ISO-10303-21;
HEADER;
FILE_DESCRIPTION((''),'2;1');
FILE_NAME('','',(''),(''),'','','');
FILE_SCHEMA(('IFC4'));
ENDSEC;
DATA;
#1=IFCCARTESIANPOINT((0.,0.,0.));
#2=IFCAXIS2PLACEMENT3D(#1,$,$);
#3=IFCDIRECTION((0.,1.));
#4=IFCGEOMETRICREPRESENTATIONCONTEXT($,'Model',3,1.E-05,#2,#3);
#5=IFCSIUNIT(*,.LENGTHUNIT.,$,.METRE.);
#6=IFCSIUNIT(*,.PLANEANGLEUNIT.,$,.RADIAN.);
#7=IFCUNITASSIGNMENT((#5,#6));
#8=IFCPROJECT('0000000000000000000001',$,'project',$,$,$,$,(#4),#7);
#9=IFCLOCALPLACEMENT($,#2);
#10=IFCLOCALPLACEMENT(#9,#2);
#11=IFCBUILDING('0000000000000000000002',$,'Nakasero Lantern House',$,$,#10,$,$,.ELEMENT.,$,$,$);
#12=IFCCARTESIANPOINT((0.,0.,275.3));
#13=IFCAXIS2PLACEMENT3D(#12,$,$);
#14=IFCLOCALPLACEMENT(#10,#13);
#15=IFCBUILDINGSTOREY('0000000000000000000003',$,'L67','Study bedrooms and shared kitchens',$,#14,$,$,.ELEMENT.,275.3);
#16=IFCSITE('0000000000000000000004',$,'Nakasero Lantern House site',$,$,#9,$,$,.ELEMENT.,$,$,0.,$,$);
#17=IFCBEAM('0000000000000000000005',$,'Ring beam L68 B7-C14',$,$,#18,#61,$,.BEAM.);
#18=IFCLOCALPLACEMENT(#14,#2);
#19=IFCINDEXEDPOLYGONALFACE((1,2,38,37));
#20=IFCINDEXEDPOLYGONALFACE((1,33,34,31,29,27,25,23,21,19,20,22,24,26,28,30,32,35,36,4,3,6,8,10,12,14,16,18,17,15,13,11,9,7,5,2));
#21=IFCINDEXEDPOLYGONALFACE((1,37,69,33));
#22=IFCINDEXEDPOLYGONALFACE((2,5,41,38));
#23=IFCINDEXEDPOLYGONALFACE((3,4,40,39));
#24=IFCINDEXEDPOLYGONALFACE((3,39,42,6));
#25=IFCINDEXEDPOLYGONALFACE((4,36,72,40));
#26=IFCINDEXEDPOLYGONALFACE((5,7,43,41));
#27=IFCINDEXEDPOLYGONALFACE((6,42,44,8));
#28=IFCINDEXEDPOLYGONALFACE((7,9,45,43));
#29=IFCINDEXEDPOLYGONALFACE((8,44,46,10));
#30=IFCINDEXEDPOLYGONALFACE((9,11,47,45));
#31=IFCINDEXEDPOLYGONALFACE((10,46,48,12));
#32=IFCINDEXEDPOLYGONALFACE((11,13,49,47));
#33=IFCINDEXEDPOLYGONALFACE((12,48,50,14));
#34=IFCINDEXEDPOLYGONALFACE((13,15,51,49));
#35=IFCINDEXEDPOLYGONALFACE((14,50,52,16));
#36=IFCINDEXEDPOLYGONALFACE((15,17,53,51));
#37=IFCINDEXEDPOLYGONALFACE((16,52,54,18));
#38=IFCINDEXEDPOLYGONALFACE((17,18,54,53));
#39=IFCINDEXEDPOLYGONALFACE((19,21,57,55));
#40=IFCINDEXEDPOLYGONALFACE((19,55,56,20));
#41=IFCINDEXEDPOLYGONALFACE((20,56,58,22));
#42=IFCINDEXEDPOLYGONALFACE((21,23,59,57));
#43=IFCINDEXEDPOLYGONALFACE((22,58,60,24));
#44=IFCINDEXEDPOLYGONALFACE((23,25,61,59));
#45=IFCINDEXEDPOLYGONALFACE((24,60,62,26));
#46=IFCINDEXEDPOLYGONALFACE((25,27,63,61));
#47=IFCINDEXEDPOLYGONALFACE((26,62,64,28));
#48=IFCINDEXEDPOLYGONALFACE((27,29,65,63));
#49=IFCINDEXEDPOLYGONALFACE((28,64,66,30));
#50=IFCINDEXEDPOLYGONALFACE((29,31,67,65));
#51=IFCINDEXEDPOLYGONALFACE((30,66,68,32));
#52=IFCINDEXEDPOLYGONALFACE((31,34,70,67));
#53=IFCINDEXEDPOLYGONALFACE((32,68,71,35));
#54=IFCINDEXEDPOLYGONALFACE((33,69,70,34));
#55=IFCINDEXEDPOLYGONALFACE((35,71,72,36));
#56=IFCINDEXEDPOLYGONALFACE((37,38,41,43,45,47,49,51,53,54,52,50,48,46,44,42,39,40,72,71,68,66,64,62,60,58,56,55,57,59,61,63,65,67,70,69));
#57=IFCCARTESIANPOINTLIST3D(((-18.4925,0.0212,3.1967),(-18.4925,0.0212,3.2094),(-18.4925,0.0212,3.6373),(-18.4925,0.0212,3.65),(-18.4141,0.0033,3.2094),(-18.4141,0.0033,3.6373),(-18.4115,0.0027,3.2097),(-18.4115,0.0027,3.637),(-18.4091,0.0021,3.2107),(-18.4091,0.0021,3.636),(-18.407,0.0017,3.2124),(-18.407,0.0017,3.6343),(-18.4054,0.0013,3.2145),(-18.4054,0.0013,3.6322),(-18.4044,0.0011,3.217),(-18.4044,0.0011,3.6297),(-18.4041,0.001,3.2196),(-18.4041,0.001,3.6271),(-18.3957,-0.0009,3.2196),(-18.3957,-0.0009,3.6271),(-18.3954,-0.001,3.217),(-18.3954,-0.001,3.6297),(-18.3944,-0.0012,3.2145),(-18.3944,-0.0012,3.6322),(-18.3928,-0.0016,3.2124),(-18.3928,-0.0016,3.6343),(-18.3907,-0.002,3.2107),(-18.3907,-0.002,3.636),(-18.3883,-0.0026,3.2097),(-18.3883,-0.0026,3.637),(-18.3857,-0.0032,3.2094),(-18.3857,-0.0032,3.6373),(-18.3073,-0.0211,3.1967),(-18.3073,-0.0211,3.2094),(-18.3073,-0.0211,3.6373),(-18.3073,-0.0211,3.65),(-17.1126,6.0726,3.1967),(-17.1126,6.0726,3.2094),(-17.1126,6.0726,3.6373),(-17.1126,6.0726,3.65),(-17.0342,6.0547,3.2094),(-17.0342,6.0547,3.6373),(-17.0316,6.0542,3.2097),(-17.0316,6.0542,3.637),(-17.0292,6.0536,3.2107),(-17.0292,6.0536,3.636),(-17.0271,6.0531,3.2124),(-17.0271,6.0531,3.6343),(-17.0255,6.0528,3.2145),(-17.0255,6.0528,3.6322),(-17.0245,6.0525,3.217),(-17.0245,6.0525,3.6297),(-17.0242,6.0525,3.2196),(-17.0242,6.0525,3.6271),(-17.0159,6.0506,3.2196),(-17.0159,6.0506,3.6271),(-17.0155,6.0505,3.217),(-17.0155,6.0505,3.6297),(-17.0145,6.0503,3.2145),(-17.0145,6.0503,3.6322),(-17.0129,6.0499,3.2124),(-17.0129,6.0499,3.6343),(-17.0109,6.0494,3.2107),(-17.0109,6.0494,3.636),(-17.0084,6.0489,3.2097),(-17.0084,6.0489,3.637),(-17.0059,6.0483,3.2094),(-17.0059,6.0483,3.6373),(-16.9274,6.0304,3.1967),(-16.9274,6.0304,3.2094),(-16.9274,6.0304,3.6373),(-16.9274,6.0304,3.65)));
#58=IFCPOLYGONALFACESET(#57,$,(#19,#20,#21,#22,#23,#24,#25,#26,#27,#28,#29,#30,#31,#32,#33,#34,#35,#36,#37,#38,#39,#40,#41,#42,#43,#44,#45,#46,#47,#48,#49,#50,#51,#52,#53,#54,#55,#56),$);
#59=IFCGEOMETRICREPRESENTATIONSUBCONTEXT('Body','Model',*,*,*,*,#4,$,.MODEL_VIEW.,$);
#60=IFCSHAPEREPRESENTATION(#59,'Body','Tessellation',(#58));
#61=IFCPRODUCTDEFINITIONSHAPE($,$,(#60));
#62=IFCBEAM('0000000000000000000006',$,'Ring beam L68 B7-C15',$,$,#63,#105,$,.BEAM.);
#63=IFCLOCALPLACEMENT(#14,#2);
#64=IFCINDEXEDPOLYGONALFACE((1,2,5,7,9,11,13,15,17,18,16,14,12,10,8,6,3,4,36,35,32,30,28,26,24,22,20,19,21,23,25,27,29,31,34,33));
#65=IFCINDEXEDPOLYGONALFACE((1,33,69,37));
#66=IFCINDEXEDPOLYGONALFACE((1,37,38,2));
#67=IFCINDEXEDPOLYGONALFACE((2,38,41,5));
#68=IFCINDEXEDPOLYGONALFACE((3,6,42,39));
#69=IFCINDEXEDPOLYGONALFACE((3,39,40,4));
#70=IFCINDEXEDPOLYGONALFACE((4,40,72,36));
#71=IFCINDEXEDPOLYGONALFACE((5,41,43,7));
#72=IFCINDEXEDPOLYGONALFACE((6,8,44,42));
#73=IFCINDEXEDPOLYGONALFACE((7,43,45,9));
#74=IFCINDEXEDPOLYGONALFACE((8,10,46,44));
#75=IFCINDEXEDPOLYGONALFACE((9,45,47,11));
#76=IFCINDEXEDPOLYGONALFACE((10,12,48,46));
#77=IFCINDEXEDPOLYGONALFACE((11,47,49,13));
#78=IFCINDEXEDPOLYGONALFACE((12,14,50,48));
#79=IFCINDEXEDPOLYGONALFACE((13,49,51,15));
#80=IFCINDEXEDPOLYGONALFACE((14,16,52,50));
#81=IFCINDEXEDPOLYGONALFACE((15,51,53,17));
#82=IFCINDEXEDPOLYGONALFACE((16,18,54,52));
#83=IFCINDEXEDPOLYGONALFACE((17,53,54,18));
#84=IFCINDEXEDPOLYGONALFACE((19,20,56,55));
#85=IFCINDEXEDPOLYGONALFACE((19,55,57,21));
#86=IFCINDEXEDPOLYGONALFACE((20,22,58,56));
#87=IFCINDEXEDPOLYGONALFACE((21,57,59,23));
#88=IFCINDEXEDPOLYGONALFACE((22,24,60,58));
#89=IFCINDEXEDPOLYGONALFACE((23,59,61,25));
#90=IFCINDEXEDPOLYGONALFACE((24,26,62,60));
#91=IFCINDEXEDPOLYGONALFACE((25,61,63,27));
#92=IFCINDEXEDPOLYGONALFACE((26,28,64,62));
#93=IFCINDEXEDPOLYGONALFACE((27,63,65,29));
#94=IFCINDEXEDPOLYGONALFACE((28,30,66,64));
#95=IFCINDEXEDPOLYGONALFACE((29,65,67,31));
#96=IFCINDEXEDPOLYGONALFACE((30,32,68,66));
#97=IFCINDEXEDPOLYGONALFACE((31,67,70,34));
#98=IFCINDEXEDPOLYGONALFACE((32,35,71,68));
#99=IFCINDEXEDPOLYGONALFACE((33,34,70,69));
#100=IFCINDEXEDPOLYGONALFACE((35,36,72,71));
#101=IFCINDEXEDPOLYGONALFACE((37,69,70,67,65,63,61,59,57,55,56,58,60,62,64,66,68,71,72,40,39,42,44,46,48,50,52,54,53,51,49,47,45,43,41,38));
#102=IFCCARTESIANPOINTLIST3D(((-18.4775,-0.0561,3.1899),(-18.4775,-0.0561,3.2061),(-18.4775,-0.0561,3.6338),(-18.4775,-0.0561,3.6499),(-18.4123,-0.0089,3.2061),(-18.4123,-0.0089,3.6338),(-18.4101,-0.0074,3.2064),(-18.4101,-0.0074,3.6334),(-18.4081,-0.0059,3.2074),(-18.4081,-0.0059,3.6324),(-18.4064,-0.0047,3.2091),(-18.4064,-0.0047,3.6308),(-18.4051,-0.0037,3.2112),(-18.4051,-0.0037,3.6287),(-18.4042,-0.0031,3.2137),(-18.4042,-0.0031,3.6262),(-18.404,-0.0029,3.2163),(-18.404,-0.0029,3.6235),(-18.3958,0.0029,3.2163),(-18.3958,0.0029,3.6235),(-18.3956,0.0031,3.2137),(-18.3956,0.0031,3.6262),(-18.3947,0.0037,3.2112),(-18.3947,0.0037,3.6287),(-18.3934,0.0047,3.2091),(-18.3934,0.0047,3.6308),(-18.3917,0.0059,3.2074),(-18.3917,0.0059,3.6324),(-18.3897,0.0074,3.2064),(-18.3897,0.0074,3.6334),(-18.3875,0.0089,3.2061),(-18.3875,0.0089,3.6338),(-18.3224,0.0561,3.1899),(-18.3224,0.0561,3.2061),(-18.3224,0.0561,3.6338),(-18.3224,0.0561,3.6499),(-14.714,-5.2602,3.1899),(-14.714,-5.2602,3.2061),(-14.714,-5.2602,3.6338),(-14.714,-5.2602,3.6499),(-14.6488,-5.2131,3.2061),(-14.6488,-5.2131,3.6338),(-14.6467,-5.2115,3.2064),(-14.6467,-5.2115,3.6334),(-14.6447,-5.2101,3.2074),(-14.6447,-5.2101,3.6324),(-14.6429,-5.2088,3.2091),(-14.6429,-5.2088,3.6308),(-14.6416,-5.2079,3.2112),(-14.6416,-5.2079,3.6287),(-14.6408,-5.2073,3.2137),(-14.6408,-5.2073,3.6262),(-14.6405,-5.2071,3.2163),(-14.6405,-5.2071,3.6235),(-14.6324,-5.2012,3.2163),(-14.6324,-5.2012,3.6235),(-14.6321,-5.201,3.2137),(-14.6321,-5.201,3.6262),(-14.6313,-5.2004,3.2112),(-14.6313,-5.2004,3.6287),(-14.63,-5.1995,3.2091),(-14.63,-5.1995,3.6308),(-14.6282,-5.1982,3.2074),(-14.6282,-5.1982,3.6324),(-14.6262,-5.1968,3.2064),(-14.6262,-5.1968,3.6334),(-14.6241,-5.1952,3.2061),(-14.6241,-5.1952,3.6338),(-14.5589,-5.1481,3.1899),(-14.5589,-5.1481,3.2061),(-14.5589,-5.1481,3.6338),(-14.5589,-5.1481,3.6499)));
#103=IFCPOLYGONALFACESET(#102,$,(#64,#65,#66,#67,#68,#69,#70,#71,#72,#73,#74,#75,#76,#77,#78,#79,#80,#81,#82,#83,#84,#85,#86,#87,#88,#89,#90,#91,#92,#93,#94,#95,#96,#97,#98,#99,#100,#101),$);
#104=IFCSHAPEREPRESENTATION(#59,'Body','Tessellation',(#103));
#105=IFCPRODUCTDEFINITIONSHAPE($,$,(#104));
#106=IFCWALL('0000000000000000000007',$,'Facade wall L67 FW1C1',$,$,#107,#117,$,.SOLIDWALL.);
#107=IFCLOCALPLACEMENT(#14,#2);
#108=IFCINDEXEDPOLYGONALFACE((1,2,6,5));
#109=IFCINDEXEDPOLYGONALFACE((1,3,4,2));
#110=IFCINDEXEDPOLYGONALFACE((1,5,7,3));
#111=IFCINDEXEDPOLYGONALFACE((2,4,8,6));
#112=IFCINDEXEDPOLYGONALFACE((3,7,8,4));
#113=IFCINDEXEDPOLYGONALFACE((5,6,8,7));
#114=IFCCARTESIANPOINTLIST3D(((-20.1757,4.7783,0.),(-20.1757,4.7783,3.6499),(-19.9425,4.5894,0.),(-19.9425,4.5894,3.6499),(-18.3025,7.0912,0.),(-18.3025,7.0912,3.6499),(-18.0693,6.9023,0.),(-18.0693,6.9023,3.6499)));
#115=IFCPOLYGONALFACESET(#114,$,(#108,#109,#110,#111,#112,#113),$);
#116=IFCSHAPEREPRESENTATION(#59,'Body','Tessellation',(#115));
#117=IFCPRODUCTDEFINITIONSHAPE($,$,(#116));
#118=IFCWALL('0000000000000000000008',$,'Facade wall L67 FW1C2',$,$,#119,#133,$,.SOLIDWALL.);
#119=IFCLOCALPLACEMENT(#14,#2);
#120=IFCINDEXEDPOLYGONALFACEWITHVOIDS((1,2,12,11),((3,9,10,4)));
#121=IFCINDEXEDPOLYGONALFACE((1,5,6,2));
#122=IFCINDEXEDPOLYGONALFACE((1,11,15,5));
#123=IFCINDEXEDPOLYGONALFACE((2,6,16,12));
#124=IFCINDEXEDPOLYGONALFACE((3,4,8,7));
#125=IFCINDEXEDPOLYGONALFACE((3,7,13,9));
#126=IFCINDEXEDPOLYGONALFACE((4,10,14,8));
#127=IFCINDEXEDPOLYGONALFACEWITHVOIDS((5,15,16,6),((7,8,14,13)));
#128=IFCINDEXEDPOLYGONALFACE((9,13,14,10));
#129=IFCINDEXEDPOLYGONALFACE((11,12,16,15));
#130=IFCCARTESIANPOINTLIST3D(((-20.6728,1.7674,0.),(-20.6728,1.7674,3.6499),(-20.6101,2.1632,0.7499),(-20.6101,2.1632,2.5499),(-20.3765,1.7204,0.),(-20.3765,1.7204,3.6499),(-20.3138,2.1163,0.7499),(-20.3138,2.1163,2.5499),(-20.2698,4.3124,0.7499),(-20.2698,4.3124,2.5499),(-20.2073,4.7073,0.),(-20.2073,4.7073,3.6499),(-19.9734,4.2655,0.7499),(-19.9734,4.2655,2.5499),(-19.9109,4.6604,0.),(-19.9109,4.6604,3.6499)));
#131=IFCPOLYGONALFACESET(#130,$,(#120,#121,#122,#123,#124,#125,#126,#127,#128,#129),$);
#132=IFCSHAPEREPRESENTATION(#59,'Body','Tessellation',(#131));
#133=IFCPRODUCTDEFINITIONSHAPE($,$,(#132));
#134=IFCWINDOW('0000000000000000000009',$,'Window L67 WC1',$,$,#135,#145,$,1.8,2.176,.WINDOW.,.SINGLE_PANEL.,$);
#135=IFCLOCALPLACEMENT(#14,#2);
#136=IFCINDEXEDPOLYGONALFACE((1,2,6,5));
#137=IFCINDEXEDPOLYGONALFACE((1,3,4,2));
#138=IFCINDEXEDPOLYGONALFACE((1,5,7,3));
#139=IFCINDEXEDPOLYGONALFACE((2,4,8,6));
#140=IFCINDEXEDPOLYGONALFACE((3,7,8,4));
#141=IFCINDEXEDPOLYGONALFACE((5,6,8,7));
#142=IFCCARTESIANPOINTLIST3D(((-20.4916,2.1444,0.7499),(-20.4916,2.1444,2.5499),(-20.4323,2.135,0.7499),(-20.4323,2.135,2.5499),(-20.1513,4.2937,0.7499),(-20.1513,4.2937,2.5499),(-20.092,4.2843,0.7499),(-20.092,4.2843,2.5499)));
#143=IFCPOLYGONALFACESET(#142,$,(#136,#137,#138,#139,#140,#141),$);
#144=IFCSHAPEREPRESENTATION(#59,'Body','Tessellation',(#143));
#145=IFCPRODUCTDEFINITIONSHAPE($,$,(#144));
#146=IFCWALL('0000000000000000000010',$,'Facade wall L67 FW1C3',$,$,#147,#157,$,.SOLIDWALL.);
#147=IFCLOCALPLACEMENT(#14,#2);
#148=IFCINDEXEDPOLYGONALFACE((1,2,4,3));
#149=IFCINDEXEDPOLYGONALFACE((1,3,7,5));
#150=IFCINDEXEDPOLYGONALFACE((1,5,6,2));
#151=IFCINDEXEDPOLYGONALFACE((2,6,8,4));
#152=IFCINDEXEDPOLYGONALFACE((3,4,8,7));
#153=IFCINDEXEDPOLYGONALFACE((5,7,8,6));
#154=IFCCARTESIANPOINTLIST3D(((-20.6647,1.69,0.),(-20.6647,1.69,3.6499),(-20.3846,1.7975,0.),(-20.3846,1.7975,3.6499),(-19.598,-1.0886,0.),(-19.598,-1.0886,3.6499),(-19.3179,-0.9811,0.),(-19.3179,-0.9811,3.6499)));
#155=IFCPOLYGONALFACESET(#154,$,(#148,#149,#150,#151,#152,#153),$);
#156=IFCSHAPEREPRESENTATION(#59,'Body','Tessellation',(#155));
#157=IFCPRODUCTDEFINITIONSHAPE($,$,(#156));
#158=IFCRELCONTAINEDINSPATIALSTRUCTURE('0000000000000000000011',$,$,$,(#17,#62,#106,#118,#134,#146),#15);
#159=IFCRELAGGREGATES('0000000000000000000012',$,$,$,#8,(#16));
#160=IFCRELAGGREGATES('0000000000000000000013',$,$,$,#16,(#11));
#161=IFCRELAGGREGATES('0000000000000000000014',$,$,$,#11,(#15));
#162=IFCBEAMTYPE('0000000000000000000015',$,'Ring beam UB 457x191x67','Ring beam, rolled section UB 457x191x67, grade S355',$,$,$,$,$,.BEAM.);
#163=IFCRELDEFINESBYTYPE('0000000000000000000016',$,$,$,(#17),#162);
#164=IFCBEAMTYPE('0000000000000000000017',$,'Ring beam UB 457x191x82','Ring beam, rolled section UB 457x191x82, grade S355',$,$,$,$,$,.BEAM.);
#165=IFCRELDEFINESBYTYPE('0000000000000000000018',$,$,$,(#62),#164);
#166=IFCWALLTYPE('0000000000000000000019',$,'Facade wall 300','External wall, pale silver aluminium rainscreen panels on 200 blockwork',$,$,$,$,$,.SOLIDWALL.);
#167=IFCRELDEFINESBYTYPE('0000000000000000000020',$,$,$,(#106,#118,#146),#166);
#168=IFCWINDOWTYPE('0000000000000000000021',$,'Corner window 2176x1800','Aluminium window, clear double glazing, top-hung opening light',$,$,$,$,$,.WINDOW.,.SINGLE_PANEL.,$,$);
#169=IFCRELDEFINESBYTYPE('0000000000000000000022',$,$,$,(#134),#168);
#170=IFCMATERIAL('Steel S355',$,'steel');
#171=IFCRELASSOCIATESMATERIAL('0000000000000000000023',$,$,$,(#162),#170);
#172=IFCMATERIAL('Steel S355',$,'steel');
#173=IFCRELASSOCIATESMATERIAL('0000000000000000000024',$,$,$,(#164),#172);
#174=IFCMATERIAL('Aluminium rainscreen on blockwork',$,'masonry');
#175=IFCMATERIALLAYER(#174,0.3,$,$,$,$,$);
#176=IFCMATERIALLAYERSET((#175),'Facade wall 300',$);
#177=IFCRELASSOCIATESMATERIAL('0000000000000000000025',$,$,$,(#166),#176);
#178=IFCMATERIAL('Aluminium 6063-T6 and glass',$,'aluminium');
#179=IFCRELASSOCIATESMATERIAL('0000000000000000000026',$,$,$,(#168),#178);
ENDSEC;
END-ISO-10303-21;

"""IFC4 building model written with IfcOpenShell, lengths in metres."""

from ifc_helpers import new_model, si_unit, direction, frame, frame_2d, origin, origin_2d, place, context, subcontext, project, spatial, rectangle, i_section, extrude, material, layer, layer_set, material_profile, profile_set, type_object, element, fill, save


model = new_model("IFC4")

# Units and contexts
model_context = context("Model", 3, precision=1e-05, world=origin(), true_north=direction((0.0, 1.0)))
body_context = subcontext(model_context, "Body", "Model", "MODEL_VIEW")
ifc_project = project(units=[si_unit("LENGTHUNIT", "METRE"), si_unit("PLANEANGLEUNIT", "RADIAN")], contexts=[model_context])

# Site, building, storey
site_placement = place(None, origin())
site = spatial("IfcSite", under=ifc_project, at=site_placement, Name="Nakasero Lantern House site", CompositionType="ELEMENT", RefElevation=0.0)
building_placement = place(site_placement, origin())
building = spatial("IfcBuilding", under=site, at=building_placement, Name="Nakasero Lantern House", CompositionType="ELEMENT")
storey_placement = place(building_placement, frame((0.0, 0.0, 275.3)))
storey = spatial("IfcBuildingStorey", under=building, at=storey_placement, Name="L67", Description="Study bedrooms and shared kitchens", CompositionType="ELEMENT", Elevation=275.3)

# Beams
ifc_material_1 = material(Name="Steel S355", Category="steel")
ifc_material_profile_1 = material_profile(ifc_material_1, i_section(OverallWidth=0.1899, OverallDepth=0.4534, WebThickness=0.0085, FlangeThickness=0.0127, FilletRadius=0.0103, at=origin_2d()), Name="UB 457x191x67")
ifc_profile_set_1 = profile_set([ifc_material_profile_1], Name="Steel S355")
beam_type_1 = type_object("IfcBeamType", Name="Ring beam UB 457x191x67", Description="Ring beam, rolled section UB 457x191x67, grade S355", PredefinedType="BEAM", material=ifc_profile_set_1)
beam_1_placement = place(storey_placement, frame((-17.02, 6.0515, 3.4233), z_axis=(-0.222316, -0.974975, 0.0), x_axis=(0.974975, -0.222316, 0.0)))
element("IfcBeam", 1, at=beam_1_placement, inside=storey, type_object=beam_type_1, Name="Ring beam L68 B7-C14", PredefinedType="BEAM", context=body_context, shape_type="SweptSolid", body=[
    extrude(i_section(OverallWidth=0.1899, OverallDepth=0.4534, WebThickness=0.0085, FlangeThickness=0.0127, FilletRadius=0.0103, at=origin_2d()), origin(), (0.0, 0.0, 1.0), 6.2068),
])
ifc_material_2 = material(Name="Steel S355", Category="steel")
ifc_material_profile_2 = material_profile(ifc_material_2, i_section(OverallWidth=0.1914, OverallDepth=0.46, WebThickness=0.01, FlangeThickness=0.0161, FilletRadius=0.0103, at=origin_2d()), Name="UB 457x191x82")
ifc_profile_set_2 = profile_set([ifc_material_profile_2], Name="Steel S355")
beam_type_2 = type_object("IfcBeamType", Name="Ring beam UB 457x191x82", Description="Ring beam, rolled section UB 457x191x82, grade S355", PredefinedType="BEAM", material=ifc_profile_set_2)
beam_2_placement = place(storey_placement, frame((-18.3999, 0.0, 3.4199), z_axis=(0.585993, -0.810316, 0.0), x_axis=(0.810316, 0.585993, 0.0)))
element("IfcBeam", 2, at=beam_2_placement, inside=storey, type_object=beam_type_2, Name="Ring beam L68 B7-C15", PredefinedType="BEAM", context=body_context, shape_type="SweptSolid", body=[
    extrude(i_section(OverallWidth=0.1914, OverallDepth=0.46, WebThickness=0.01, FlangeThickness=0.0161, FilletRadius=0.0103, at=origin_2d()), origin(), (0.0, 0.0, 1.0), 6.4224),
])

# Wall
ifc_material_3 = material(Name="Aluminium rainscreen on blockwork", Category="masonry")
ifc_layer_1 = layer(ifc_material_3, 0.3)
ifc_layer_set_1 = layer_set([ifc_layer_1], Name="Facade wall 300")
wall_type_1 = type_object("IfcWallType", Name="Facade wall 300", Description="External wall, pale silver aluminium rainscreen panels on 200 blockwork", PredefinedType="SOLIDWALL", material=ifc_layer_set_1)
wall_1_placement = place(storey_placement, frame((-18.1858, 6.9968, 0.0), z_axis=(0.0, 0.0, 1.0), x_axis=(-0.629375, -0.777102, 0.0)))
element("IfcWall", 3, at=wall_1_placement, inside=storey, type_object=wall_type_1, Name="Facade wall L67 FW1C1", PredefinedType="SOLIDWALL", context=body_context, shape_type="SweptSolid", body=[
    extrude(rectangle(XDim=2.9763, YDim=0.3, at=frame_2d((1.4883, 0.0))), origin(), (0.0, 0.0, 1.0), 3.6499),
])

# Wall, opening, window
wall_2_placement = place(storey_placement, frame((-20.0591, 4.6838, 0.0), z_axis=(0.0, 0.0, 1.0), x_axis=(-0.156413, -0.987692, 0.0)))
wall_2 = element("IfcWall", 4, at=wall_2_placement, inside=storey, type_object=wall_type_1, Name="Facade wall L67 FW1C2", PredefinedType="SOLIDWALL", context=body_context, shape_type="SweptSolid", body=[
    extrude(rectangle(XDim=2.9766, YDim=0.3, at=frame_2d((1.4883, 0.0))), origin(), (0.0, 0.0, 1.0), 3.6499),
])
opening_1_placement = place(wall_2_placement, frame((0.3999, 0.0, 0.75)))
opening_1 = element("IfcOpeningElement", 5, at=opening_1_placement, cuts=wall_2, PredefinedType="OPENING", context=body_context, shape_type="SweptSolid", body=[
    extrude(rectangle(XDim=2.176, YDim=1.8, at=frame_2d((1.0879, 0.8999))), frame((0.0, 0.1699, 0.0), z_axis=(0.0, -1.0, 0.0), x_axis=(1.0, 0.0, 0.0)), (0.0, 0.0, 1.0), 0.3401),
])
ifc_material_4 = material(Name="Aluminium 6063-T6 and glass", Category="aluminium")
window_type = type_object("IfcWindowType", Name="Corner window 2176x1800", Description="Aluminium window, clear double glazing, top-hung opening light", PartitioningType="SINGLE_PANEL", PredefinedType="WINDOW", material=ifc_material_4)
window_placement = place(opening_1_placement, origin())
window = element("IfcWindow", 6, at=window_placement, inside=storey, type_object=window_type, Name="Window L67 WC1", OverallHeight=1.8, OverallWidth=2.176, PartitioningType="SINGLE_PANEL", PredefinedType="WINDOW", context=body_context, shape_type="SweptSolid", body=[
    extrude(rectangle(XDim=2.176, YDim=1.8, at=frame_2d((1.0879, 0.8999))), frame((0.0, 0.03, 0.0), z_axis=(0.0, -1.0, 0.0), x_axis=(1.0, 0.0, 0.0)), (0.0, 0.0, 1.0), 0.0601),
])
fill(opening_1, window)

# Wall
wall_3_placement = place(storey_placement, frame((-20.5247, 1.7439, 0.0), z_axis=(0.0, 0.0, 1.0), x_axis=(0.358385, -0.933574, 0.0)))
element("IfcWall", 7, at=wall_3_placement, inside=storey, type_object=wall_type_1, Name="Facade wall L67 FW1C3", PredefinedType="SOLIDWALL", context=body_context, shape_type="SweptSolid", body=[
    extrude(rectangle(XDim=2.9763, YDim=0.3, at=frame_2d((1.4883, 0.0))), origin(), (0.0, 0.0, 1.0), 3.6499),
])

save(model, "model.ifc")
